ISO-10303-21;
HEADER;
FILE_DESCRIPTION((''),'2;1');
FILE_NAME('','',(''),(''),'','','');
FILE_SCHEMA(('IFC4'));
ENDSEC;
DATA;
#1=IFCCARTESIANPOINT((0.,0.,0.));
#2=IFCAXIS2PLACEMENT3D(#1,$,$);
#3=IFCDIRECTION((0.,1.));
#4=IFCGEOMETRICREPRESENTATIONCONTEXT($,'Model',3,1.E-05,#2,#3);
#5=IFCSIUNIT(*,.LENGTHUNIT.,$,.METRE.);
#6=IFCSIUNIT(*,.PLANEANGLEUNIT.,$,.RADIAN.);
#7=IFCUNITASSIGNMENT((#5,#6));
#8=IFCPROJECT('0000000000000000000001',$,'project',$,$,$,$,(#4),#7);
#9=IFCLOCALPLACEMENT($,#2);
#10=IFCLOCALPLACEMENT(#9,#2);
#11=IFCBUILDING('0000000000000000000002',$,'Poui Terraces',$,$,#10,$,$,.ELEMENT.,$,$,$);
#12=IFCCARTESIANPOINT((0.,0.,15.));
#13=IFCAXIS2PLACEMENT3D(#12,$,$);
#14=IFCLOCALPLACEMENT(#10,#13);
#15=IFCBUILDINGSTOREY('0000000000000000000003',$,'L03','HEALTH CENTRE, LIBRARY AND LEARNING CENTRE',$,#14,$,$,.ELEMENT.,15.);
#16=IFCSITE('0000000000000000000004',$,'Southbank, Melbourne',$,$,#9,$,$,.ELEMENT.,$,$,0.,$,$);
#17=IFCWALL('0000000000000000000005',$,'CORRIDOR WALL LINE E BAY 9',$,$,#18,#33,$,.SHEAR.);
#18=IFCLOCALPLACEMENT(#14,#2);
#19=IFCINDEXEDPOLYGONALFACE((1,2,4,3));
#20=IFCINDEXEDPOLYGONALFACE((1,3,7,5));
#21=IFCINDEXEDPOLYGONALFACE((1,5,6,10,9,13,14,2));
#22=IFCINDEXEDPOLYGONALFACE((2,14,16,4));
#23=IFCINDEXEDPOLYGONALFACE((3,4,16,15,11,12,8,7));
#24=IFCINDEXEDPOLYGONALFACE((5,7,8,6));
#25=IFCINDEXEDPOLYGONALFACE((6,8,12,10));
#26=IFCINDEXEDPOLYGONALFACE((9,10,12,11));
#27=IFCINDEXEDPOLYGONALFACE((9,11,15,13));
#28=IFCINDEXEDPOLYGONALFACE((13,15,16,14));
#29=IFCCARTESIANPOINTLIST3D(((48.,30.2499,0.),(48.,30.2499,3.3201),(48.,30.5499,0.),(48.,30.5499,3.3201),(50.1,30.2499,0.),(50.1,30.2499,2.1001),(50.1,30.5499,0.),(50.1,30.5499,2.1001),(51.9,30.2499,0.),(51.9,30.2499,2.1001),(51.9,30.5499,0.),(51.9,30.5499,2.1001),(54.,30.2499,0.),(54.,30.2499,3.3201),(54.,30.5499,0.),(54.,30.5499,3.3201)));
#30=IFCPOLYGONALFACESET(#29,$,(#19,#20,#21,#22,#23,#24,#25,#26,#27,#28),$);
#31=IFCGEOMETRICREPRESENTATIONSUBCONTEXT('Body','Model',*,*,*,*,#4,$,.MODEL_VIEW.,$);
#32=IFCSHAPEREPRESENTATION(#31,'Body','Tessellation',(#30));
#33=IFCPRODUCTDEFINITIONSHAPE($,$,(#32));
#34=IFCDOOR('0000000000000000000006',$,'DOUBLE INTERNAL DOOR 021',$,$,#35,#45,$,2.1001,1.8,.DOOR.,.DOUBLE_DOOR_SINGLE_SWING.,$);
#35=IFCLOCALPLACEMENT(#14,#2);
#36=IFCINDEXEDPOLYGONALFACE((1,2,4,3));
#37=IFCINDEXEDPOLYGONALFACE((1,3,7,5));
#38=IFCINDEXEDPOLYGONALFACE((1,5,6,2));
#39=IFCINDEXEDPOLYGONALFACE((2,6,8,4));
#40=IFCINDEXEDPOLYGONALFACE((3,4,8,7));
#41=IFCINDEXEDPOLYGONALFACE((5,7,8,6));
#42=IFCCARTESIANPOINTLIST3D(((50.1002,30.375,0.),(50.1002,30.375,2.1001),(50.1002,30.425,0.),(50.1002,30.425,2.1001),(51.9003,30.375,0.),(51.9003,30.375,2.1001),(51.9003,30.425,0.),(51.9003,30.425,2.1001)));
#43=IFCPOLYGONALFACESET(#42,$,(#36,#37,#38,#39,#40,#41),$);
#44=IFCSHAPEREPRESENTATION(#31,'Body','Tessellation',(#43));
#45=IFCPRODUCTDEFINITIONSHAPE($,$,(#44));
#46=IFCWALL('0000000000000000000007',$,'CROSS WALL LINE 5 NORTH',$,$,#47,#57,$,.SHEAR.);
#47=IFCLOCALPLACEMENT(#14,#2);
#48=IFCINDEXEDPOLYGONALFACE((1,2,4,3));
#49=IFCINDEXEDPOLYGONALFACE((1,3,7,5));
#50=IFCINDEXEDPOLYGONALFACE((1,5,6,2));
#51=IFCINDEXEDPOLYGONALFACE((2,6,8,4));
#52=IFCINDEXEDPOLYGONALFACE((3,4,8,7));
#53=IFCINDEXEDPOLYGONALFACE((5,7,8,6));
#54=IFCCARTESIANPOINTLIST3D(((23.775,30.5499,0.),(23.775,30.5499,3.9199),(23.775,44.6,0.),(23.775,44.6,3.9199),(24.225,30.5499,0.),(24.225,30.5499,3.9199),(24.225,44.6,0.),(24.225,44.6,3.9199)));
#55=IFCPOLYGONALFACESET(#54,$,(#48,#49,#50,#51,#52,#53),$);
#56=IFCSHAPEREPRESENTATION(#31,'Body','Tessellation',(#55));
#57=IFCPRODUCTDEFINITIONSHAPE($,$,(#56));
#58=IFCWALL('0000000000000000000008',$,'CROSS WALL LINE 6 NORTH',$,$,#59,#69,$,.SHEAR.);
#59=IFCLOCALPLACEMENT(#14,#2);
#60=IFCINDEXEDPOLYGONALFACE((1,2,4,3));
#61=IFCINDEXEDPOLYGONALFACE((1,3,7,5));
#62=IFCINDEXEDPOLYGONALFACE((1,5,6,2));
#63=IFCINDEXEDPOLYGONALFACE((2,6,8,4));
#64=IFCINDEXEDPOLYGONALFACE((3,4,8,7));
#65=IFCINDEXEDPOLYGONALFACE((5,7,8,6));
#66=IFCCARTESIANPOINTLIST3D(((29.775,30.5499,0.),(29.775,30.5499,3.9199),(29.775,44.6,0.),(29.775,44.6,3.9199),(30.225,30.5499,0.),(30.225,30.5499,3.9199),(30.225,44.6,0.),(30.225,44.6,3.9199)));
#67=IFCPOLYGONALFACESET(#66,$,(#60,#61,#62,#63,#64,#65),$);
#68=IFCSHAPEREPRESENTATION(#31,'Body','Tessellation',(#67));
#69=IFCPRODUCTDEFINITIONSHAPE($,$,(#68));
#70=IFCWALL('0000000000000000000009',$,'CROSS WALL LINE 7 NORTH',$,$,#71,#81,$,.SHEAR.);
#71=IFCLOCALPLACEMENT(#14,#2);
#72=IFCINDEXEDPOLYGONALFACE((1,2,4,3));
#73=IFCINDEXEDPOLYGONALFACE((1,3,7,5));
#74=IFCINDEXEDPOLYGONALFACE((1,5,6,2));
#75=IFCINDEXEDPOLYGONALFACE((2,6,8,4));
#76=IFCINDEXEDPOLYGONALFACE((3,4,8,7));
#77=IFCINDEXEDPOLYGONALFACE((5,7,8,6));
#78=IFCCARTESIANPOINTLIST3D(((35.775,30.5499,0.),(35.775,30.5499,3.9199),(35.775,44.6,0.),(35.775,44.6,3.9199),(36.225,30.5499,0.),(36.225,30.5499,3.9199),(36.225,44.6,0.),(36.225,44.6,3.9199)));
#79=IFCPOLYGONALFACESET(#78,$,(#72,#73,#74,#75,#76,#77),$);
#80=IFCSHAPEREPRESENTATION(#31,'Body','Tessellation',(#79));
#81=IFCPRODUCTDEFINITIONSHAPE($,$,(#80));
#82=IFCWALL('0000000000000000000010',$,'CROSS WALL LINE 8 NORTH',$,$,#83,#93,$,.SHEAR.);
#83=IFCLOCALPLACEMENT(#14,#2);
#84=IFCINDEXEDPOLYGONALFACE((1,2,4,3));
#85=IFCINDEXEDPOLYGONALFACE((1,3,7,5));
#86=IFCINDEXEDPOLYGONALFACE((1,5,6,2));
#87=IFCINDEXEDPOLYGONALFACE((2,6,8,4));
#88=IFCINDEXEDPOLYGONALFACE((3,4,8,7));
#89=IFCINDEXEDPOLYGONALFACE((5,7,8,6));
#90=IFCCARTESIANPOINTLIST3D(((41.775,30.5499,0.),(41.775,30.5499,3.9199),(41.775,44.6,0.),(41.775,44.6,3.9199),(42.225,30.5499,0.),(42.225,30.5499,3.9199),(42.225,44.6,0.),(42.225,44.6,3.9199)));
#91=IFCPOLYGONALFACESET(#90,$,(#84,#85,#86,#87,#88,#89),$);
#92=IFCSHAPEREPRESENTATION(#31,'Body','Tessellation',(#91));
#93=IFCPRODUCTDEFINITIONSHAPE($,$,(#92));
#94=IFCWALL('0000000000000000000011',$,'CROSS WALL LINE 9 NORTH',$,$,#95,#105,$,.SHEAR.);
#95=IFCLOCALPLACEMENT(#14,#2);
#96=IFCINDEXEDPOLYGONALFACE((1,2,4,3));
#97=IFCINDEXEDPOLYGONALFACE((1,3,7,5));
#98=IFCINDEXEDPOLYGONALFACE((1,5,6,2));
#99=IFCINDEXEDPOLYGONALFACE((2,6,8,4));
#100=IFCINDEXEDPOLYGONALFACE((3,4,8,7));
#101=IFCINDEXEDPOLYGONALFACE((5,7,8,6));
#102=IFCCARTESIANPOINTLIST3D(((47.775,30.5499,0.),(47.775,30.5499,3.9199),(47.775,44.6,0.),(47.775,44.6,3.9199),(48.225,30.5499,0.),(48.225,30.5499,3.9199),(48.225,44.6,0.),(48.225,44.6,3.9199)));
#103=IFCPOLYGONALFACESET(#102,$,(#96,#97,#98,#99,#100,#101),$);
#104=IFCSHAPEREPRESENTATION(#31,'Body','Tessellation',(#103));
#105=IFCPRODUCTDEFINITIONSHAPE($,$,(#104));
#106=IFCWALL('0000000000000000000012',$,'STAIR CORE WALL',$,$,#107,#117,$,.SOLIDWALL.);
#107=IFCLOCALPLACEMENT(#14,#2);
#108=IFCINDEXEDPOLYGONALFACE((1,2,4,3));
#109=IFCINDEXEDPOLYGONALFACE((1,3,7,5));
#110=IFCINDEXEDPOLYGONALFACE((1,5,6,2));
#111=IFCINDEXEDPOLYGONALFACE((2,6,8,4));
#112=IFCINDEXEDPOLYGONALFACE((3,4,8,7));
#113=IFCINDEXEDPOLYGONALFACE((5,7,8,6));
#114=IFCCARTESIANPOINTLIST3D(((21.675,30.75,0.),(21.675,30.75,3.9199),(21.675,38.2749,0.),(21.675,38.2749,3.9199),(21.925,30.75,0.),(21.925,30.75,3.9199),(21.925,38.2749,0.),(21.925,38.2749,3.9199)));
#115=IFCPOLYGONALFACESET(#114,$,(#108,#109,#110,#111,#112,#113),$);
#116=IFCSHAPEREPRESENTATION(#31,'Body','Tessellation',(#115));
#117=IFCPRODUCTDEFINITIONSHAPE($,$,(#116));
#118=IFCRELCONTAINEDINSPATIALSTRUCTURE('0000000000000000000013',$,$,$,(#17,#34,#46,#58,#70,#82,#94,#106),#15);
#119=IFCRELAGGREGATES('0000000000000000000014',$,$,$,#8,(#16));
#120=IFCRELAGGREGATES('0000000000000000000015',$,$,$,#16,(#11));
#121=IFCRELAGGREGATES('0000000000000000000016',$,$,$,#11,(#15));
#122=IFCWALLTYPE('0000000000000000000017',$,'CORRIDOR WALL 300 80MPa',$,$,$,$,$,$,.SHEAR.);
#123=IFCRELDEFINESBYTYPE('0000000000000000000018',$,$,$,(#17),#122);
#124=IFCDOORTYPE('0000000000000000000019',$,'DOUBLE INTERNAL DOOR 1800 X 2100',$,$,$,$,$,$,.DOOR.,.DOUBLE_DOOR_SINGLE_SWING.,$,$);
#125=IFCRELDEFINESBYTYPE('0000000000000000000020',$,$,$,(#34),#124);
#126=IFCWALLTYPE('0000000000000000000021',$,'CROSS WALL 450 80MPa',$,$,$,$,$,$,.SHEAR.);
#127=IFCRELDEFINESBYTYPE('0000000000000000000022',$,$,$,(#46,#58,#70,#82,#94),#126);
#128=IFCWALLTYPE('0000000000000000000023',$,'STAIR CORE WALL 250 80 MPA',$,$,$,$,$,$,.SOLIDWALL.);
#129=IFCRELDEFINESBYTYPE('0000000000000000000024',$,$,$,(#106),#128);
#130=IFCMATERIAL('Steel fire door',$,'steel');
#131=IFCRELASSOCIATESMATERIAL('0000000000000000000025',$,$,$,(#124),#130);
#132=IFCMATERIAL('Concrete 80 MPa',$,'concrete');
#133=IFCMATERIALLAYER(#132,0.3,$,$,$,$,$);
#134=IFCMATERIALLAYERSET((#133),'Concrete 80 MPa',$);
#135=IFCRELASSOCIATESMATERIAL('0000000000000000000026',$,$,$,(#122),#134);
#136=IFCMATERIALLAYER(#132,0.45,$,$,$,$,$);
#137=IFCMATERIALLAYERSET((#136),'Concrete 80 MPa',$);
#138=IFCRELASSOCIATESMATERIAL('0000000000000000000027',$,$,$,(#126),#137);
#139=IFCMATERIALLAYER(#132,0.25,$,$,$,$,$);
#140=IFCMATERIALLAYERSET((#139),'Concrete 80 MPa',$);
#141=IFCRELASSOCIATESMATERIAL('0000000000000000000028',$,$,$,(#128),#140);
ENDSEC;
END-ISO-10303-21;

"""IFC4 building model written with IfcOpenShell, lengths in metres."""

from ifc_helpers import new_model, si_unit, direction, frame, frame_2d, origin, place, context, subcontext, project, spatial, rectangle, extrude, material, layer, layer_set, type_object, element, fill, save


model = new_model("IFC4")

# Units and contexts
model_context = context("Model", 3, precision=1e-05, world=origin(), true_north=direction((0.0, 1.0)))
body_context = subcontext(model_context, "Body", "Model", "MODEL_VIEW")
ifc_project = project(units=[si_unit("LENGTHUNIT", "METRE"), si_unit("PLANEANGLEUNIT", "RADIAN")], contexts=[model_context])

# Site, building, storey
site_placement = place(None, origin())
site = spatial("IfcSite", under=ifc_project, at=site_placement, Name="Southbank, Melbourne", CompositionType="ELEMENT", RefElevation=0.0)
building_placement = place(site_placement, origin())
building = spatial("IfcBuilding", under=site, at=building_placement, Name="Poui Terraces", CompositionType="ELEMENT")
storey_placement = place(building_placement, frame((0.0, 0.0, 15.0)))
storey = spatial("IfcBuildingStorey", under=building, at=storey_placement, Name="L03", Description="HEALTH CENTRE, LIBRARY AND LEARNING CENTRE", CompositionType="ELEMENT", Elevation=15.0)

# Shared definitions
ifc_material_1 = material(Name="Concrete 80 MPa", Category="concrete")

# Wall, opening, door
ifc_material_2 = material(Name="Steel fire door", Category="steel")
door_type_1 = type_object("IfcDoorType", Name="DOUBLE INTERNAL DOOR 1800 X 2100", OperationType="DOUBLE_DOOR_SINGLE_SWING", PredefinedType="DOOR", material=ifc_material_2)
ifc_layer_1 = layer(ifc_material_1, 0.3)
ifc_layer_set_1 = layer_set([ifc_layer_1], Name="Concrete 80 MPa")
wall_type_1 = type_object("IfcWallType", Name="CORRIDOR WALL 300 80MPa", PredefinedType="SHEAR", material=ifc_layer_set_1)
wall_1_placement = place(storey_placement, frame((48.0, 30.3999, 0.0), z_axis=(0.0, 0.0, 1.0), x_axis=(1.0, 0.0, 0.0)))
wall_1 = element("IfcWall", 1, at=wall_1_placement, inside=storey, type_object=wall_type_1, Name="CORRIDOR WALL LINE E BAY 9", PredefinedType="SHEAR", context=body_context, shape_type="SweptSolid", body=[
    extrude(rectangle(XDim=6.0, YDim=0.3, at=frame_2d((3.0, 0.0))), origin(), (0.0, 0.0, 1.0), 3.3201),
])
opening_1_placement = place(wall_1_placement, frame((2.1001, 0.0, 0.0)))
opening_1 = element("IfcOpeningElement", 2, at=opening_1_placement, cuts=wall_1, PredefinedType="OPENING", context=body_context, shape_type="SweptSolid", body=[
    extrude(rectangle(XDim=1.8, YDim=2.1001, at=frame_2d((0.8999, 1.05))), frame((0.0, 0.1602, 0.0), z_axis=(0.0, -1.0, 0.0), x_axis=(1.0, 0.0, 0.0)), (0.0, 0.0, 1.0), 0.3201),
])
door_1_placement = place(opening_1_placement, frame((1.8, 0.0, 0.0), z_axis=(0.0, 0.0, 1.0), x_axis=(-1.0, 0.0, 0.0)))
door_1 = element("IfcDoor", 3, at=door_1_placement, inside=storey, type_object=door_type_1, Name="DOUBLE INTERNAL DOOR 021", OperationType="DOUBLE_DOOR_SINGLE_SWING", OverallHeight=2.1001, OverallWidth=1.8, PredefinedType="DOOR", context=body_context, shape_type="SweptSolid", body=[
    extrude(rectangle(XDim=1.8, YDim=2.1001, at=frame_2d((0.8999, 1.05))), frame((0.0, 0.0249, 0.0), z_axis=(0.0, -1.0, 0.0), x_axis=(1.0, 0.0, 0.0)), (0.0, 0.0, 1.0), 0.05),
])
fill(opening_1, door_1)

# Walls
ifc_layer_2 = layer(ifc_material_1, 0.45)
ifc_layer_set_2 = layer_set([ifc_layer_2], Name="Concrete 80 MPa")
wall_type_2 = type_object("IfcWallType", Name="CROSS WALL 450 80MPa", PredefinedType="SHEAR", material=ifc_layer_set_2)
for number, where, z_axis, x_axis, name in (
    (4, (24.0, 30.55, 0.0), (0.0, 0.0, 1.0), (0.0, 1.0, 0.0), "CROSS WALL LINE 5 NORTH"),
    (5, (30.0, 30.55, 0.0), (0.0, 0.0, 1.0), (0.0, 1.0, 0.0), "CROSS WALL LINE 6 NORTH"),
    (6, (36.0, 30.55, 0.0), (0.0, 0.0, 1.0), (0.0, 1.0, 0.0), "CROSS WALL LINE 7 NORTH"),
    (7, (42.0, 30.55, 0.0), (0.0, 0.0, 1.0), (0.0, 1.0, 0.0), "CROSS WALL LINE 8 NORTH"),
    (8, (48.0, 30.55, 0.0), (0.0, 0.0, 1.0), (0.0, 1.0, 0.0), "CROSS WALL LINE 9 NORTH"),
):
    element("IfcWall", number, at=place(storey_placement, frame(where, z_axis=z_axis, x_axis=x_axis)), inside=storey, type_object=wall_type_2, Name=name, PredefinedType="SHEAR", context=body_context, shape_type="SweptSolid", body=[
        extrude(rectangle(XDim=14.05, YDim=0.45, at=frame_2d((7.0249, 0.0))), origin(), (0.0, 0.0, 1.0), 3.9199),
    ])
ifc_layer_3 = layer(ifc_material_1, 0.25)
ifc_layer_set_3 = layer_set([ifc_layer_3], Name="Concrete 80 MPa")
wall_type_3 = type_object("IfcWallType", Name="STAIR CORE WALL 250 80 MPA", PredefinedType="SOLIDWALL", material=ifc_layer_set_3)
wall_2_placement = place(storey_placement, frame((21.8, 30.75, 0.0), z_axis=(0.0, 0.0, 1.0), x_axis=(0.0, 1.0, 0.0)))
element("IfcWall", 9, at=wall_2_placement, inside=storey, type_object=wall_type_3, Name="STAIR CORE WALL", PredefinedType="SOLIDWALL", context=body_context, shape_type="SweptSolid", body=[
    extrude(rectangle(XDim=7.5249, YDim=0.25, at=frame_2d((3.7625, 0.0))), origin(), (0.0, 0.0, 1.0), 3.9199),
])

save(model, "model.ifc")
